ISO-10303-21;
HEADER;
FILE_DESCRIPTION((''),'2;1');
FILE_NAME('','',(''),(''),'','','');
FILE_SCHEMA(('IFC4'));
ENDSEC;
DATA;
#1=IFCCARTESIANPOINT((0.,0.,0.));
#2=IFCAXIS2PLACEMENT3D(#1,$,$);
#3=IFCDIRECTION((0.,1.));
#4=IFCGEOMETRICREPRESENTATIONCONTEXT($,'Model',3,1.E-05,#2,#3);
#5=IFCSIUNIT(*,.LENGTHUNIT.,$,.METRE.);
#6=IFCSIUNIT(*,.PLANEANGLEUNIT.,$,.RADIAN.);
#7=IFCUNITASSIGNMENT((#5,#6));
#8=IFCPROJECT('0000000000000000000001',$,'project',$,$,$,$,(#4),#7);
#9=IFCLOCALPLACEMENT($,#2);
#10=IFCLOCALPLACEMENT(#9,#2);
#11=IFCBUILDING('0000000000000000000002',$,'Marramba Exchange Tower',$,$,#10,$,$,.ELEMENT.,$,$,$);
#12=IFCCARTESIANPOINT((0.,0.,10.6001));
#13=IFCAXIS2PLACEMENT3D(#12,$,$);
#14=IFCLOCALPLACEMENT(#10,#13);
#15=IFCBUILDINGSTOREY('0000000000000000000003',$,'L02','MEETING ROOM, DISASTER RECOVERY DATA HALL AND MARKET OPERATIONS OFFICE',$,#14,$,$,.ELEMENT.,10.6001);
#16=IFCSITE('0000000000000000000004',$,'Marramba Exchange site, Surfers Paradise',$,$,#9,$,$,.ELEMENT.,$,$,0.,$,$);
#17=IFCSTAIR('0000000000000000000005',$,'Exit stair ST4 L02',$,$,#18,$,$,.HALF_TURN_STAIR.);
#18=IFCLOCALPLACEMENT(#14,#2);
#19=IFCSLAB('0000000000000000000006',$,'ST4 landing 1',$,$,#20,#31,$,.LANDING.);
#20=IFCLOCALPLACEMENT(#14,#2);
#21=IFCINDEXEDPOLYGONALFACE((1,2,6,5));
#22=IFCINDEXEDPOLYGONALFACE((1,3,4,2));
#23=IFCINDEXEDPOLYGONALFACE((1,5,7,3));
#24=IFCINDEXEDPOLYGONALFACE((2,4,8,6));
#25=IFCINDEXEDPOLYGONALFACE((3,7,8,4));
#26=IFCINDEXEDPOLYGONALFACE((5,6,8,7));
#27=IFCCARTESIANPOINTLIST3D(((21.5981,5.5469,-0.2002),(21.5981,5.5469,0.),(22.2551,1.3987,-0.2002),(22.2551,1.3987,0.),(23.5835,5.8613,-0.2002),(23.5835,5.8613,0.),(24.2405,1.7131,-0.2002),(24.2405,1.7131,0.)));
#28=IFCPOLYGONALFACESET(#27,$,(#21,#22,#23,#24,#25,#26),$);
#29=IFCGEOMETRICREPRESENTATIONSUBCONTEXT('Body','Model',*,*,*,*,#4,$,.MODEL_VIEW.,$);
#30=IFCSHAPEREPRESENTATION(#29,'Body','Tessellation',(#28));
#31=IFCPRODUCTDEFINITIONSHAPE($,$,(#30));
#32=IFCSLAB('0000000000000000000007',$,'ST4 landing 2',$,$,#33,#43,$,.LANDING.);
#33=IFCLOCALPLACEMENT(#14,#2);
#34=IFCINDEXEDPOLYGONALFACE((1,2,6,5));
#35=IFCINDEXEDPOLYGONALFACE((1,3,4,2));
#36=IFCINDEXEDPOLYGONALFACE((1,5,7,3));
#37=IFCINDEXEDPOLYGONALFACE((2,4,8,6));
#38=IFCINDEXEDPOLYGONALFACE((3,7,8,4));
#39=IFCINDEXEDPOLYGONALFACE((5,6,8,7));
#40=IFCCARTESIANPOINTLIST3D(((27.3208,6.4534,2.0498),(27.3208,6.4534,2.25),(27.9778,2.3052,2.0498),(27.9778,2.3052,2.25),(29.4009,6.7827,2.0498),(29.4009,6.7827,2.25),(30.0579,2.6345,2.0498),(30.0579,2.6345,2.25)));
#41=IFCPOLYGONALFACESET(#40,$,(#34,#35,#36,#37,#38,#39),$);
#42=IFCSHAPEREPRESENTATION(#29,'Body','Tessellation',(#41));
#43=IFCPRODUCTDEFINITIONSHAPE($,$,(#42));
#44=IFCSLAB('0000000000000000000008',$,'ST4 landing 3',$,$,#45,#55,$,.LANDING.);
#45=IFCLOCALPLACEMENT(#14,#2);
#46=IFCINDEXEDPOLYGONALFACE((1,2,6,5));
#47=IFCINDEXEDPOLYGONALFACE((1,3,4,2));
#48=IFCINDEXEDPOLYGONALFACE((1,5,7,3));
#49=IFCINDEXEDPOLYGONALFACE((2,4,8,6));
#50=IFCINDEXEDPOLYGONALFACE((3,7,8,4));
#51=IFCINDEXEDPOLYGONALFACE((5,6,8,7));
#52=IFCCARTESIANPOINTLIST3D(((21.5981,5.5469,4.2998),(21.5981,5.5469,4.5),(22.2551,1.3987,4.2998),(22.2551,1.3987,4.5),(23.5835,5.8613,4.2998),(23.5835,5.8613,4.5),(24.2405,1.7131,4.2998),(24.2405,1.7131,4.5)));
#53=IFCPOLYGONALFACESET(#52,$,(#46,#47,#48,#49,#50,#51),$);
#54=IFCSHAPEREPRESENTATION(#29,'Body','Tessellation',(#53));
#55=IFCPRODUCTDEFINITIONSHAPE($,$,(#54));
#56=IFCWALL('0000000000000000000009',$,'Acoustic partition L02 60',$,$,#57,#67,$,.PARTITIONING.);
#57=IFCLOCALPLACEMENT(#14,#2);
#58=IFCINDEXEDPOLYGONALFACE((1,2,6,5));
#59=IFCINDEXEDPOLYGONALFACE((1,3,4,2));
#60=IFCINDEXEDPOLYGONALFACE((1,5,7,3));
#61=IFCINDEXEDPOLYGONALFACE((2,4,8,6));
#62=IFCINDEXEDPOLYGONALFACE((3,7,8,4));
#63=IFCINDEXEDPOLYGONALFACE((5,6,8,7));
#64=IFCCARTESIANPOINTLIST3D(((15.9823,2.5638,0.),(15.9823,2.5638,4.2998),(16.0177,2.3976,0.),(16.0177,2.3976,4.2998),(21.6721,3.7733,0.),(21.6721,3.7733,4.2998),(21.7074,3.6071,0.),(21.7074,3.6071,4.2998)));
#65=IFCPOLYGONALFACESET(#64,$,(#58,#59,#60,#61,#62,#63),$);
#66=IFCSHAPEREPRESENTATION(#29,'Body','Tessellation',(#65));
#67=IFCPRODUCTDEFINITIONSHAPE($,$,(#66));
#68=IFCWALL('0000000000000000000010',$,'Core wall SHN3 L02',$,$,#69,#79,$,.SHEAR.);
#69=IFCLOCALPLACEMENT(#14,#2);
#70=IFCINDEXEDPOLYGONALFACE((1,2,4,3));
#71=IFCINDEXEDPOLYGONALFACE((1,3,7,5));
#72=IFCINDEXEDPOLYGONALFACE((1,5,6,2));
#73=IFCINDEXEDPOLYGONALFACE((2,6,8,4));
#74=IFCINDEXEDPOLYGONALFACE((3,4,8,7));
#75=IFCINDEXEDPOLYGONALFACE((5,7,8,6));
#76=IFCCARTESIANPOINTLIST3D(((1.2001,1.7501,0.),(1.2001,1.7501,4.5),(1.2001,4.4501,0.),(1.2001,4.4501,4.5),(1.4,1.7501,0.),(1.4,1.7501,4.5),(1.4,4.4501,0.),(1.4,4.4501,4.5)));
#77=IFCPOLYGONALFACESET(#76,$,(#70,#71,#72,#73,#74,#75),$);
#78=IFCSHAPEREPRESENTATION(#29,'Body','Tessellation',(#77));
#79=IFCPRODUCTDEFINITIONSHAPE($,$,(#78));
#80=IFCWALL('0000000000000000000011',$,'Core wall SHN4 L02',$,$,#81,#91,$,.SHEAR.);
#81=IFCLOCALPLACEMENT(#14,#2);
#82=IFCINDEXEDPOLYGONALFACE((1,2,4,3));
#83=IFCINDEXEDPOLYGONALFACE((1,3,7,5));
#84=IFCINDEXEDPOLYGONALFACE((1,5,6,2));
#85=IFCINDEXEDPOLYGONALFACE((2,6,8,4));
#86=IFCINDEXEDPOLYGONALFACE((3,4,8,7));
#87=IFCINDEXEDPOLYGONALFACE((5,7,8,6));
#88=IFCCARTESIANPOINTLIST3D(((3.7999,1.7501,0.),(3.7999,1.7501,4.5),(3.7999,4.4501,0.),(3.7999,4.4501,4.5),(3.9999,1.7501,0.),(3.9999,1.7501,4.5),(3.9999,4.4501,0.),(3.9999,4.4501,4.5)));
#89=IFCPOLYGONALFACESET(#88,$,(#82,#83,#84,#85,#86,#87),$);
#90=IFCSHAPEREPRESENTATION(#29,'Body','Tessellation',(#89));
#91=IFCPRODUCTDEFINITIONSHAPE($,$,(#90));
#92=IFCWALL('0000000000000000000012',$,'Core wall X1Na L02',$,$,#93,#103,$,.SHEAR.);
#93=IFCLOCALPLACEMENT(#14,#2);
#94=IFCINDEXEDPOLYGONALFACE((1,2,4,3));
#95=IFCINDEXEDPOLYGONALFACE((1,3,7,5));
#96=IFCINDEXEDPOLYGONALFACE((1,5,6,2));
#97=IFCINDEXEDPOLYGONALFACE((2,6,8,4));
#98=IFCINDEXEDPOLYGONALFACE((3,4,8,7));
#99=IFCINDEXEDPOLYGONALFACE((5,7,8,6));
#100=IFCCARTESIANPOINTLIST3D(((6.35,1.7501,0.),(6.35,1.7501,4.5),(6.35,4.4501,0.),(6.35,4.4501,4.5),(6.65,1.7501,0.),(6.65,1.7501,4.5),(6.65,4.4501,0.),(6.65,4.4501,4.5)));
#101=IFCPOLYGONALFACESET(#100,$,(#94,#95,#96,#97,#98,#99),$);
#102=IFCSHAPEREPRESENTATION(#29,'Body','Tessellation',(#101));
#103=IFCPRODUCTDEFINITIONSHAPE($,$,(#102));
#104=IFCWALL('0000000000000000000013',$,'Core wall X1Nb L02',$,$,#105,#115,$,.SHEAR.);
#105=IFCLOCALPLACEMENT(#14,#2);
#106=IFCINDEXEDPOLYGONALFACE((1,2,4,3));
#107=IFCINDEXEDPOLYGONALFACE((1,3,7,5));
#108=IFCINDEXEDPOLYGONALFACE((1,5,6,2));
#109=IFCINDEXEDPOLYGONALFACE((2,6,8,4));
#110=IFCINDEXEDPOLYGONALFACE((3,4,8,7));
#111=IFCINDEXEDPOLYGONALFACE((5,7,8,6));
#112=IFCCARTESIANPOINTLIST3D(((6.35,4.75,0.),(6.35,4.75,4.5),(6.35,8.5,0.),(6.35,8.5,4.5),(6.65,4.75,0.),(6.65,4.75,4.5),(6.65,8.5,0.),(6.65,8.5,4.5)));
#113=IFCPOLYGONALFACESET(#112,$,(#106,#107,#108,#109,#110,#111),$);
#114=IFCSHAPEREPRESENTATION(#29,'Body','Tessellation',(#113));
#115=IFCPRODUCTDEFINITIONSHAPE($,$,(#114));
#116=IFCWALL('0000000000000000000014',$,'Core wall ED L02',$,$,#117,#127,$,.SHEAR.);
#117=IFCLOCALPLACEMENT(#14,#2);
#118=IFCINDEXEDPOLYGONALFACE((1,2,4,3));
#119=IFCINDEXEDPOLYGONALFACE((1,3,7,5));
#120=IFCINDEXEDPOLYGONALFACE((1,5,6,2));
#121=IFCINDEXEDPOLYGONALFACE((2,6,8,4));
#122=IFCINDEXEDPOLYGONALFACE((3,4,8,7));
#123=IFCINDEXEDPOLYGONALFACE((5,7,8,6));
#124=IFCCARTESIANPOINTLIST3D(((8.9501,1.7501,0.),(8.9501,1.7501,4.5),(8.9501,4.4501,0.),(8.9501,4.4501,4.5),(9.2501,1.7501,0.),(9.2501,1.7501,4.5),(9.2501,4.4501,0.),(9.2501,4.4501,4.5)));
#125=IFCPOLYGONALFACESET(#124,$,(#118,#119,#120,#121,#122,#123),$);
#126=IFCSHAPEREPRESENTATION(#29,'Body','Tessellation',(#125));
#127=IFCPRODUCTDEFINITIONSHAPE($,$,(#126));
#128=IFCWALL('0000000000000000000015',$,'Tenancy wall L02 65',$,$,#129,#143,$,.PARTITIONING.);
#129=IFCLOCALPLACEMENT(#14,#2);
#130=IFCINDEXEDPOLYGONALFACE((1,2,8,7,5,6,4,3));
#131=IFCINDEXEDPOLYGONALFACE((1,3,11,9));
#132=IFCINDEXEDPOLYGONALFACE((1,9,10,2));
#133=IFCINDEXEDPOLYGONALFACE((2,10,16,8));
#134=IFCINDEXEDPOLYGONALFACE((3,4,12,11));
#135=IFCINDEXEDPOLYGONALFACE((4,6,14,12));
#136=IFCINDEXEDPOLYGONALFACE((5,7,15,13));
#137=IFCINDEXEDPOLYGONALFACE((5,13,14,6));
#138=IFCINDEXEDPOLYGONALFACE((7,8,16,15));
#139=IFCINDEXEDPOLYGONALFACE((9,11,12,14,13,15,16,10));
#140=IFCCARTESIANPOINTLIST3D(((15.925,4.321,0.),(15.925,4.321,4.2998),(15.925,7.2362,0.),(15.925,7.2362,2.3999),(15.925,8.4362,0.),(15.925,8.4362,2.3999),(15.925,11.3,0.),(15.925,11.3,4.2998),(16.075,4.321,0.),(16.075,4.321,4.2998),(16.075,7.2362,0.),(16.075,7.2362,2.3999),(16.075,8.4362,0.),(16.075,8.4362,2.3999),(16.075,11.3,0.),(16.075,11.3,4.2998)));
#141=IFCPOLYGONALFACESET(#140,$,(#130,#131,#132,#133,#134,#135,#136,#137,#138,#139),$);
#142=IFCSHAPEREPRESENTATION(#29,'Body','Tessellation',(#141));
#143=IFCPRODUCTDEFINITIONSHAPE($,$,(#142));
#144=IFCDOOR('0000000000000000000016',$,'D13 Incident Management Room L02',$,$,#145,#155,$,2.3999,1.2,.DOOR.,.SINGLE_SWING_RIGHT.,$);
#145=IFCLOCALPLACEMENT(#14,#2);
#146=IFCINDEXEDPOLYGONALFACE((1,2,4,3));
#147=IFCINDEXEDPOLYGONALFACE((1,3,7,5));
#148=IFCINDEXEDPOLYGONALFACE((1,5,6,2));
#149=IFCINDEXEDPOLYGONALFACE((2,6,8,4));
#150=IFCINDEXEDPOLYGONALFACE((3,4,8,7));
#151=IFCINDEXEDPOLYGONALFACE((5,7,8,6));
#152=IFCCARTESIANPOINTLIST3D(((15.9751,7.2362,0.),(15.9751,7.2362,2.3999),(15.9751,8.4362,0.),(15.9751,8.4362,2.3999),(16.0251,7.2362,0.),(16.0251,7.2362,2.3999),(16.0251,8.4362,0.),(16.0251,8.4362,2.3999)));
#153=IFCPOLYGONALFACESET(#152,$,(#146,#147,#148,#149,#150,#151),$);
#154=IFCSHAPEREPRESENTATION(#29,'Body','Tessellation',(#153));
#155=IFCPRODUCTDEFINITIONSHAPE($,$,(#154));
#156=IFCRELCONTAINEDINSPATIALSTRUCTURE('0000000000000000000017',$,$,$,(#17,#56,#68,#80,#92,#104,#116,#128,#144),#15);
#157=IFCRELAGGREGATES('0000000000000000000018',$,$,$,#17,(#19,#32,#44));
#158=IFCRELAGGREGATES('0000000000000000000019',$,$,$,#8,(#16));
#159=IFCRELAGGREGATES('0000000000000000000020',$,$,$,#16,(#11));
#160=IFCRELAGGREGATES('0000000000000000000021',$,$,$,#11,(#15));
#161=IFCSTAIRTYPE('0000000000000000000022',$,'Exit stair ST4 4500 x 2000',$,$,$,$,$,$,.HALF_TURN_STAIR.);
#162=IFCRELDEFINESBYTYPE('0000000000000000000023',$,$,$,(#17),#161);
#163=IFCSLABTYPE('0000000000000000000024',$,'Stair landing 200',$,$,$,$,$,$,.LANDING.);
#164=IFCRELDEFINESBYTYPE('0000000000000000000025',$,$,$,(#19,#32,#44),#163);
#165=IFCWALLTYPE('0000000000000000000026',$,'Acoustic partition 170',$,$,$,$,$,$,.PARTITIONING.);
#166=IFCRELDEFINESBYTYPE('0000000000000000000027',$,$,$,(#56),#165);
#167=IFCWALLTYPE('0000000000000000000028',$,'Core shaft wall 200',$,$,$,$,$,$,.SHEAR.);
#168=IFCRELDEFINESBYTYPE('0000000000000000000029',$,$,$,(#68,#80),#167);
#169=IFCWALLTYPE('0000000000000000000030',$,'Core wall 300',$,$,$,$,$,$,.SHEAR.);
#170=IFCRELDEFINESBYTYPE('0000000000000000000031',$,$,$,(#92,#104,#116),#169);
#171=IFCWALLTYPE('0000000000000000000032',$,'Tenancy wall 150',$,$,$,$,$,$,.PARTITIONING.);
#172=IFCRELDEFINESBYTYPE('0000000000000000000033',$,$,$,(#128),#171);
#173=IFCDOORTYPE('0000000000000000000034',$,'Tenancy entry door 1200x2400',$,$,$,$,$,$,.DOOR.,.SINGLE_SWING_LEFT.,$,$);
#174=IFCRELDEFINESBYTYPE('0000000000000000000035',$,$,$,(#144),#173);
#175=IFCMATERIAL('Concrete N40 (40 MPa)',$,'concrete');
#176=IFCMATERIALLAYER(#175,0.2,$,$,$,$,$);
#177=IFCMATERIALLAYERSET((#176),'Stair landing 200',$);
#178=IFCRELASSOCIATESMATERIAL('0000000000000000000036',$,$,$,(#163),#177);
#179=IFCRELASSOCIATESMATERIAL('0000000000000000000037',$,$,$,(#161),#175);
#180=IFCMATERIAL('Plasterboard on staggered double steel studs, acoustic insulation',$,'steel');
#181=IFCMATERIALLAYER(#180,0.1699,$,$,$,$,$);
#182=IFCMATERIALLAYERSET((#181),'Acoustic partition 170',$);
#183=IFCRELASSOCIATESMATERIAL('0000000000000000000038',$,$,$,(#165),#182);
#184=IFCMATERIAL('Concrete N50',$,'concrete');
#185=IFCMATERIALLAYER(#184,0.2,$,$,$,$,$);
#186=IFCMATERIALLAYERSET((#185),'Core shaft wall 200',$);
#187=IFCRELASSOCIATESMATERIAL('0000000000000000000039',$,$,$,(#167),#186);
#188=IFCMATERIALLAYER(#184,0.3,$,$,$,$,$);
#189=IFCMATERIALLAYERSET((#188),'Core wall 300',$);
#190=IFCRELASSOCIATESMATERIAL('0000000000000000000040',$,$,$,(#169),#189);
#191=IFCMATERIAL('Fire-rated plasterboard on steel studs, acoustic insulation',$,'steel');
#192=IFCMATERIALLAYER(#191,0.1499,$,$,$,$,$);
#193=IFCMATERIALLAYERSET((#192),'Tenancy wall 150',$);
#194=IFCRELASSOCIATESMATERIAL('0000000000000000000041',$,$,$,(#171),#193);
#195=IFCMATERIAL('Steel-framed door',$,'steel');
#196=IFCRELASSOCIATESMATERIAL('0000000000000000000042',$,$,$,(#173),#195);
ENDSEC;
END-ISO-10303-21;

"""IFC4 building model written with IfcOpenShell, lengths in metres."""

from ifc_helpers import new_model, si_unit, direction, frame, frame_2d, origin, place, context, subcontext, project, spatial, polyline, rectangle, outline, extrude, material, layer, layer_set, type_object, element, fill, aggregate, save


model = new_model("IFC4")

# Units and contexts
model_context = context("Model", 3, precision=1e-05, world=origin(), true_north=direction((0.0, 1.0)))
body_context = subcontext(model_context, "Body", "Model", "MODEL_VIEW")
ifc_project = project(units=[si_unit("LENGTHUNIT", "METRE"), si_unit("PLANEANGLEUNIT", "RADIAN")], contexts=[model_context])

# Site, building, storey
site_placement = place(None, origin())
site = spatial("IfcSite", under=ifc_project, at=site_placement, Name="Marramba Exchange site, Surfers Paradise", CompositionType="ELEMENT", RefElevation=0.0)
building_placement = place(site_placement, origin())
building = spatial("IfcBuilding", under=site, at=building_placement, Name="Marramba Exchange Tower", CompositionType="ELEMENT")
storey_placement = place(building_placement, frame((0.0, 0.0, 10.6001)))
storey = spatial("IfcBuildingStorey", under=building, at=storey_placement, Name="L02", Description="MEETING ROOM, DISASTER RECOVERY DATA HALL AND MARKET OPERATIONS OFFICE", CompositionType="ELEMENT", Elevation=10.6001)

# Stair, slabs
ifc_material_1 = material(Name="Concrete N40 (40 MPa)", Category="concrete")
ifc_layer_1 = layer(ifc_material_1, 0.2)
ifc_layer_set_1 = layer_set([ifc_layer_1], Name="Stair landing 200")
slab_type = type_object("IfcSlabType", Name="Stair landing 200", PredefinedType="LANDING", material=ifc_layer_set_1)
stair_type_1 = type_object("IfcStairType", Name="Exit stair ST4 4500 x 2000", PredefinedType="HALF_TURN_STAIR", material=ifc_material_1)
stair_1_placement = place(storey_placement, origin())
stair_1 = element("IfcStair", 1, at=stair_1_placement, inside=storey, type_object=stair_type_1, Name="Exit stair ST4 L02", PredefinedType="HALF_TURN_STAIR")
slab_1_placement = place(storey_placement, frame((0.0, 0.0, -0.2002)))
slab_1 = element("IfcSlab", 2, at=slab_1_placement, type_object=slab_type, Name="ST4 landing 1", PredefinedType="LANDING", context=body_context, shape_type="SweptSolid", body=[
    extrude(outline(polyline([(22.2551, 1.3987), (24.2405, 1.7131), (23.5835, 5.8613), (21.5981, 5.5469), (22.2551, 1.3987)])), origin(), (0.0, 0.0, 1.0), 0.2002),
])
slab_2_placement = place(storey_placement, frame((0.0, 0.0, 2.0498)))
slab_2 = element("IfcSlab", 3, at=slab_2_placement, type_object=slab_type, Name="ST4 landing 2", PredefinedType="LANDING", context=body_context, shape_type="SweptSolid", body=[
    extrude(outline(polyline([(27.9778, 2.3052), (30.0579, 2.6345), (29.4009, 6.7827), (27.3208, 6.4534), (27.9778, 2.3052)])), origin(), (0.0, 0.0, 1.0), 0.2002),
])
slab_3_placement = place(storey_placement, frame((0.0, 0.0, 4.2998)))
slab_3 = element("IfcSlab", 4, at=slab_3_placement, type_object=slab_type, Name="ST4 landing 3", PredefinedType="LANDING", context=body_context, shape_type="SweptSolid", body=[
    extrude(outline(polyline([(22.2551, 1.3987), (24.2405, 1.7131), (23.5835, 5.8613), (21.5981, 5.5469), (22.2551, 1.3987)])), origin(), (0.0, 0.0, 1.0), 0.2002),
])
aggregate(stair_1, [slab_1, slab_2, slab_3])

# Walls
ifc_material_2 = material(Name="Plasterboard on staggered double steel studs, acoustic insulation", Category="steel")
ifc_layer_2 = layer(ifc_material_2, 0.1699)
ifc_layer_set_2 = layer_set([ifc_layer_2], Name="Acoustic partition 170")
wall_type_1 = type_object("IfcWallType", Name="Acoustic partition 170", PredefinedType="PARTITIONING", material=ifc_layer_set_2)
wall_1_placement = place(storey_placement, frame((16.0, 2.4807, 0.0), z_axis=(0.0, 0.0, 1.0), x_axis=(0.978144, 0.207927, 0.0)))
element("IfcWall", 5, at=wall_1_placement, inside=storey, type_object=wall_type_1, Name="Acoustic partition L02 60", PredefinedType="PARTITIONING", context=body_context, shape_type="SweptSolid", body=[
    extrude(rectangle(XDim=5.8169, YDim=0.1699, at=frame_2d((2.9084, 0.0))), origin(), (0.0, 0.0, 1.0), 4.2998),
])
ifc_material_3 = material(Name="Concrete N50", Category="concrete")
ifc_layer_3 = layer(ifc_material_3, 0.2)
ifc_layer_set_3 = layer_set([ifc_layer_3], Name="Core shaft wall 200")
wall_type_2 = type_object("IfcWallType", Name="Core shaft wall 200", PredefinedType="SHEAR", material=ifc_layer_set_3)
for number, where, z_axis, x_axis, name in (
    (6, (1.3, 1.75, 0.0), (0.0, 0.0, 1.0), (0.0, 1.0, 0.0), "Core wall SHN3 L02"),
    (7, (3.8999, 1.75, 0.0), (0.0, 0.0, 1.0), (0.0, 1.0, 0.0), "Core wall SHN4 L02"),
):
    element("IfcWall", number, at=place(storey_placement, frame(where, z_axis=z_axis, x_axis=x_axis)), inside=storey, type_object=wall_type_2, Name=name, PredefinedType="SHEAR", context=body_context, shape_type="SweptSolid", body=[
        extrude(rectangle(XDim=2.7, YDim=0.2, at=frame_2d((1.3501, 0.0))), origin(), (0.0, 0.0, 1.0), 4.5),
    ])
ifc_layer_4 = layer(ifc_material_3, 0.3)
ifc_layer_set_4 = layer_set([ifc_layer_4], Name="Core wall 300")
wall_type_3 = type_object("IfcWallType", Name="Core wall 300", PredefinedType="SHEAR", material=ifc_layer_set_4)
wall_2_placement = place(storey_placement, frame((6.5, 1.75, 0.0), z_axis=(0.0, 0.0, 1.0), x_axis=(0.0, 1.0, 0.0)))
element("IfcWall", 8, at=wall_2_placement, inside=storey, type_object=wall_type_3, Name="Core wall X1Na L02", PredefinedType="SHEAR", context=body_context, shape_type="SweptSolid", body=[
    extrude(rectangle(XDim=2.7, YDim=0.3, at=frame_2d((1.3501, 0.0))), origin(), (0.0, 0.0, 1.0), 4.5),
])
wall_3_placement = place(storey_placement, frame((6.5, 4.75, 0.0), z_axis=(0.0, 0.0, 1.0), x_axis=(0.0, 1.0, 0.0)))
element("IfcWall", 9, at=wall_3_placement, inside=storey, type_object=wall_type_3, Name="Core wall X1Nb L02", PredefinedType="SHEAR", context=body_context, shape_type="SweptSolid", body=[
    extrude(rectangle(XDim=3.75, YDim=0.3, at=frame_2d((1.875, 0.0))), origin(), (0.0, 0.0, 1.0), 4.5),
])
wall_4_placement = place(storey_placement, frame((9.1001, 1.75, 0.0), z_axis=(0.0, 0.0, 1.0), x_axis=(0.0, 1.0, 0.0)))
element("IfcWall", 10, at=wall_4_placement, inside=storey, type_object=wall_type_3, Name="Core wall ED L02", PredefinedType="SHEAR", context=body_context, shape_type="SweptSolid", body=[
    extrude(rectangle(XDim=2.7, YDim=0.3, at=frame_2d((1.3501, 0.0))), origin(), (0.0, 0.0, 1.0), 4.5),
])

# Wall, opening, door
ifc_material_4 = material(Name="Fire-rated plasterboard on steel studs, acoustic insulation", Category="steel")
ifc_layer_5 = layer(ifc_material_4, 0.1499)
ifc_layer_set_5 = layer_set([ifc_layer_5], Name="Tenancy wall 150")
wall_type_4 = type_object("IfcWallType", Name="Tenancy wall 150", PredefinedType="PARTITIONING", material=ifc_layer_set_5)
wall_5_placement = place(storey_placement, frame((16.0, 4.321, 0.0), z_axis=(0.0, 0.0, 1.0), x_axis=(0.0, 1.0, 0.0)))
wall_5 = element("IfcWall", 11, at=wall_5_placement, inside=storey, type_object=wall_type_4, Name="Tenancy wall L02 65", PredefinedType="PARTITIONING", context=body_context, shape_type="SweptSolid", body=[
    extrude(rectangle(XDim=6.979, YDim=0.1499, at=frame_2d((3.4895, 0.0))), origin(), (0.0, 0.0, 1.0), 4.2998),
])
opening_placement = place(wall_5_placement, frame((2.915, 0.0, 0.0)))
opening = element("IfcOpeningElement", 12, at=opening_placement, cuts=wall_5, PredefinedType="OPENING", context=body_context, shape_type="SweptSolid", body=[
    extrude(rectangle(XDim=1.2, YDim=2.3999, at=frame_2d((0.6001, 1.2))), frame((0.0, 0.085, 0.0), z_axis=(0.0, -1.0, 0.0), x_axis=(1.0, 0.0, 0.0)), (0.0, 0.0, 1.0), 0.1699),
])
ifc_material_5 = material(Name="Steel-framed door", Category="steel")
door_type = type_object("IfcDoorType", Name="Tenancy entry door 1200x2400", OperationType="SINGLE_SWING_LEFT", PredefinedType="DOOR", material=ifc_material_5)
door_placement = place(opening_placement, origin())
door = element("IfcDoor", 13, at=door_placement, inside=storey, type_object=door_type, Name="D13 Incident Management Room L02", OperationType="SINGLE_SWING_RIGHT", OverallHeight=2.3999, OverallWidth=1.2, PredefinedType="DOOR", context=body_context, shape_type="SweptSolid", body=[
    extrude(rectangle(XDim=1.2, YDim=2.3999, at=frame_2d((0.6001, 1.2))), frame((0.0, 0.0249, 0.0), z_axis=(0.0, -1.0, 0.0), x_axis=(1.0, 0.0, 0.0)), (0.0, 0.0, 1.0), 0.05),
])
fill(opening, door)

save(model, "model.ifc")
